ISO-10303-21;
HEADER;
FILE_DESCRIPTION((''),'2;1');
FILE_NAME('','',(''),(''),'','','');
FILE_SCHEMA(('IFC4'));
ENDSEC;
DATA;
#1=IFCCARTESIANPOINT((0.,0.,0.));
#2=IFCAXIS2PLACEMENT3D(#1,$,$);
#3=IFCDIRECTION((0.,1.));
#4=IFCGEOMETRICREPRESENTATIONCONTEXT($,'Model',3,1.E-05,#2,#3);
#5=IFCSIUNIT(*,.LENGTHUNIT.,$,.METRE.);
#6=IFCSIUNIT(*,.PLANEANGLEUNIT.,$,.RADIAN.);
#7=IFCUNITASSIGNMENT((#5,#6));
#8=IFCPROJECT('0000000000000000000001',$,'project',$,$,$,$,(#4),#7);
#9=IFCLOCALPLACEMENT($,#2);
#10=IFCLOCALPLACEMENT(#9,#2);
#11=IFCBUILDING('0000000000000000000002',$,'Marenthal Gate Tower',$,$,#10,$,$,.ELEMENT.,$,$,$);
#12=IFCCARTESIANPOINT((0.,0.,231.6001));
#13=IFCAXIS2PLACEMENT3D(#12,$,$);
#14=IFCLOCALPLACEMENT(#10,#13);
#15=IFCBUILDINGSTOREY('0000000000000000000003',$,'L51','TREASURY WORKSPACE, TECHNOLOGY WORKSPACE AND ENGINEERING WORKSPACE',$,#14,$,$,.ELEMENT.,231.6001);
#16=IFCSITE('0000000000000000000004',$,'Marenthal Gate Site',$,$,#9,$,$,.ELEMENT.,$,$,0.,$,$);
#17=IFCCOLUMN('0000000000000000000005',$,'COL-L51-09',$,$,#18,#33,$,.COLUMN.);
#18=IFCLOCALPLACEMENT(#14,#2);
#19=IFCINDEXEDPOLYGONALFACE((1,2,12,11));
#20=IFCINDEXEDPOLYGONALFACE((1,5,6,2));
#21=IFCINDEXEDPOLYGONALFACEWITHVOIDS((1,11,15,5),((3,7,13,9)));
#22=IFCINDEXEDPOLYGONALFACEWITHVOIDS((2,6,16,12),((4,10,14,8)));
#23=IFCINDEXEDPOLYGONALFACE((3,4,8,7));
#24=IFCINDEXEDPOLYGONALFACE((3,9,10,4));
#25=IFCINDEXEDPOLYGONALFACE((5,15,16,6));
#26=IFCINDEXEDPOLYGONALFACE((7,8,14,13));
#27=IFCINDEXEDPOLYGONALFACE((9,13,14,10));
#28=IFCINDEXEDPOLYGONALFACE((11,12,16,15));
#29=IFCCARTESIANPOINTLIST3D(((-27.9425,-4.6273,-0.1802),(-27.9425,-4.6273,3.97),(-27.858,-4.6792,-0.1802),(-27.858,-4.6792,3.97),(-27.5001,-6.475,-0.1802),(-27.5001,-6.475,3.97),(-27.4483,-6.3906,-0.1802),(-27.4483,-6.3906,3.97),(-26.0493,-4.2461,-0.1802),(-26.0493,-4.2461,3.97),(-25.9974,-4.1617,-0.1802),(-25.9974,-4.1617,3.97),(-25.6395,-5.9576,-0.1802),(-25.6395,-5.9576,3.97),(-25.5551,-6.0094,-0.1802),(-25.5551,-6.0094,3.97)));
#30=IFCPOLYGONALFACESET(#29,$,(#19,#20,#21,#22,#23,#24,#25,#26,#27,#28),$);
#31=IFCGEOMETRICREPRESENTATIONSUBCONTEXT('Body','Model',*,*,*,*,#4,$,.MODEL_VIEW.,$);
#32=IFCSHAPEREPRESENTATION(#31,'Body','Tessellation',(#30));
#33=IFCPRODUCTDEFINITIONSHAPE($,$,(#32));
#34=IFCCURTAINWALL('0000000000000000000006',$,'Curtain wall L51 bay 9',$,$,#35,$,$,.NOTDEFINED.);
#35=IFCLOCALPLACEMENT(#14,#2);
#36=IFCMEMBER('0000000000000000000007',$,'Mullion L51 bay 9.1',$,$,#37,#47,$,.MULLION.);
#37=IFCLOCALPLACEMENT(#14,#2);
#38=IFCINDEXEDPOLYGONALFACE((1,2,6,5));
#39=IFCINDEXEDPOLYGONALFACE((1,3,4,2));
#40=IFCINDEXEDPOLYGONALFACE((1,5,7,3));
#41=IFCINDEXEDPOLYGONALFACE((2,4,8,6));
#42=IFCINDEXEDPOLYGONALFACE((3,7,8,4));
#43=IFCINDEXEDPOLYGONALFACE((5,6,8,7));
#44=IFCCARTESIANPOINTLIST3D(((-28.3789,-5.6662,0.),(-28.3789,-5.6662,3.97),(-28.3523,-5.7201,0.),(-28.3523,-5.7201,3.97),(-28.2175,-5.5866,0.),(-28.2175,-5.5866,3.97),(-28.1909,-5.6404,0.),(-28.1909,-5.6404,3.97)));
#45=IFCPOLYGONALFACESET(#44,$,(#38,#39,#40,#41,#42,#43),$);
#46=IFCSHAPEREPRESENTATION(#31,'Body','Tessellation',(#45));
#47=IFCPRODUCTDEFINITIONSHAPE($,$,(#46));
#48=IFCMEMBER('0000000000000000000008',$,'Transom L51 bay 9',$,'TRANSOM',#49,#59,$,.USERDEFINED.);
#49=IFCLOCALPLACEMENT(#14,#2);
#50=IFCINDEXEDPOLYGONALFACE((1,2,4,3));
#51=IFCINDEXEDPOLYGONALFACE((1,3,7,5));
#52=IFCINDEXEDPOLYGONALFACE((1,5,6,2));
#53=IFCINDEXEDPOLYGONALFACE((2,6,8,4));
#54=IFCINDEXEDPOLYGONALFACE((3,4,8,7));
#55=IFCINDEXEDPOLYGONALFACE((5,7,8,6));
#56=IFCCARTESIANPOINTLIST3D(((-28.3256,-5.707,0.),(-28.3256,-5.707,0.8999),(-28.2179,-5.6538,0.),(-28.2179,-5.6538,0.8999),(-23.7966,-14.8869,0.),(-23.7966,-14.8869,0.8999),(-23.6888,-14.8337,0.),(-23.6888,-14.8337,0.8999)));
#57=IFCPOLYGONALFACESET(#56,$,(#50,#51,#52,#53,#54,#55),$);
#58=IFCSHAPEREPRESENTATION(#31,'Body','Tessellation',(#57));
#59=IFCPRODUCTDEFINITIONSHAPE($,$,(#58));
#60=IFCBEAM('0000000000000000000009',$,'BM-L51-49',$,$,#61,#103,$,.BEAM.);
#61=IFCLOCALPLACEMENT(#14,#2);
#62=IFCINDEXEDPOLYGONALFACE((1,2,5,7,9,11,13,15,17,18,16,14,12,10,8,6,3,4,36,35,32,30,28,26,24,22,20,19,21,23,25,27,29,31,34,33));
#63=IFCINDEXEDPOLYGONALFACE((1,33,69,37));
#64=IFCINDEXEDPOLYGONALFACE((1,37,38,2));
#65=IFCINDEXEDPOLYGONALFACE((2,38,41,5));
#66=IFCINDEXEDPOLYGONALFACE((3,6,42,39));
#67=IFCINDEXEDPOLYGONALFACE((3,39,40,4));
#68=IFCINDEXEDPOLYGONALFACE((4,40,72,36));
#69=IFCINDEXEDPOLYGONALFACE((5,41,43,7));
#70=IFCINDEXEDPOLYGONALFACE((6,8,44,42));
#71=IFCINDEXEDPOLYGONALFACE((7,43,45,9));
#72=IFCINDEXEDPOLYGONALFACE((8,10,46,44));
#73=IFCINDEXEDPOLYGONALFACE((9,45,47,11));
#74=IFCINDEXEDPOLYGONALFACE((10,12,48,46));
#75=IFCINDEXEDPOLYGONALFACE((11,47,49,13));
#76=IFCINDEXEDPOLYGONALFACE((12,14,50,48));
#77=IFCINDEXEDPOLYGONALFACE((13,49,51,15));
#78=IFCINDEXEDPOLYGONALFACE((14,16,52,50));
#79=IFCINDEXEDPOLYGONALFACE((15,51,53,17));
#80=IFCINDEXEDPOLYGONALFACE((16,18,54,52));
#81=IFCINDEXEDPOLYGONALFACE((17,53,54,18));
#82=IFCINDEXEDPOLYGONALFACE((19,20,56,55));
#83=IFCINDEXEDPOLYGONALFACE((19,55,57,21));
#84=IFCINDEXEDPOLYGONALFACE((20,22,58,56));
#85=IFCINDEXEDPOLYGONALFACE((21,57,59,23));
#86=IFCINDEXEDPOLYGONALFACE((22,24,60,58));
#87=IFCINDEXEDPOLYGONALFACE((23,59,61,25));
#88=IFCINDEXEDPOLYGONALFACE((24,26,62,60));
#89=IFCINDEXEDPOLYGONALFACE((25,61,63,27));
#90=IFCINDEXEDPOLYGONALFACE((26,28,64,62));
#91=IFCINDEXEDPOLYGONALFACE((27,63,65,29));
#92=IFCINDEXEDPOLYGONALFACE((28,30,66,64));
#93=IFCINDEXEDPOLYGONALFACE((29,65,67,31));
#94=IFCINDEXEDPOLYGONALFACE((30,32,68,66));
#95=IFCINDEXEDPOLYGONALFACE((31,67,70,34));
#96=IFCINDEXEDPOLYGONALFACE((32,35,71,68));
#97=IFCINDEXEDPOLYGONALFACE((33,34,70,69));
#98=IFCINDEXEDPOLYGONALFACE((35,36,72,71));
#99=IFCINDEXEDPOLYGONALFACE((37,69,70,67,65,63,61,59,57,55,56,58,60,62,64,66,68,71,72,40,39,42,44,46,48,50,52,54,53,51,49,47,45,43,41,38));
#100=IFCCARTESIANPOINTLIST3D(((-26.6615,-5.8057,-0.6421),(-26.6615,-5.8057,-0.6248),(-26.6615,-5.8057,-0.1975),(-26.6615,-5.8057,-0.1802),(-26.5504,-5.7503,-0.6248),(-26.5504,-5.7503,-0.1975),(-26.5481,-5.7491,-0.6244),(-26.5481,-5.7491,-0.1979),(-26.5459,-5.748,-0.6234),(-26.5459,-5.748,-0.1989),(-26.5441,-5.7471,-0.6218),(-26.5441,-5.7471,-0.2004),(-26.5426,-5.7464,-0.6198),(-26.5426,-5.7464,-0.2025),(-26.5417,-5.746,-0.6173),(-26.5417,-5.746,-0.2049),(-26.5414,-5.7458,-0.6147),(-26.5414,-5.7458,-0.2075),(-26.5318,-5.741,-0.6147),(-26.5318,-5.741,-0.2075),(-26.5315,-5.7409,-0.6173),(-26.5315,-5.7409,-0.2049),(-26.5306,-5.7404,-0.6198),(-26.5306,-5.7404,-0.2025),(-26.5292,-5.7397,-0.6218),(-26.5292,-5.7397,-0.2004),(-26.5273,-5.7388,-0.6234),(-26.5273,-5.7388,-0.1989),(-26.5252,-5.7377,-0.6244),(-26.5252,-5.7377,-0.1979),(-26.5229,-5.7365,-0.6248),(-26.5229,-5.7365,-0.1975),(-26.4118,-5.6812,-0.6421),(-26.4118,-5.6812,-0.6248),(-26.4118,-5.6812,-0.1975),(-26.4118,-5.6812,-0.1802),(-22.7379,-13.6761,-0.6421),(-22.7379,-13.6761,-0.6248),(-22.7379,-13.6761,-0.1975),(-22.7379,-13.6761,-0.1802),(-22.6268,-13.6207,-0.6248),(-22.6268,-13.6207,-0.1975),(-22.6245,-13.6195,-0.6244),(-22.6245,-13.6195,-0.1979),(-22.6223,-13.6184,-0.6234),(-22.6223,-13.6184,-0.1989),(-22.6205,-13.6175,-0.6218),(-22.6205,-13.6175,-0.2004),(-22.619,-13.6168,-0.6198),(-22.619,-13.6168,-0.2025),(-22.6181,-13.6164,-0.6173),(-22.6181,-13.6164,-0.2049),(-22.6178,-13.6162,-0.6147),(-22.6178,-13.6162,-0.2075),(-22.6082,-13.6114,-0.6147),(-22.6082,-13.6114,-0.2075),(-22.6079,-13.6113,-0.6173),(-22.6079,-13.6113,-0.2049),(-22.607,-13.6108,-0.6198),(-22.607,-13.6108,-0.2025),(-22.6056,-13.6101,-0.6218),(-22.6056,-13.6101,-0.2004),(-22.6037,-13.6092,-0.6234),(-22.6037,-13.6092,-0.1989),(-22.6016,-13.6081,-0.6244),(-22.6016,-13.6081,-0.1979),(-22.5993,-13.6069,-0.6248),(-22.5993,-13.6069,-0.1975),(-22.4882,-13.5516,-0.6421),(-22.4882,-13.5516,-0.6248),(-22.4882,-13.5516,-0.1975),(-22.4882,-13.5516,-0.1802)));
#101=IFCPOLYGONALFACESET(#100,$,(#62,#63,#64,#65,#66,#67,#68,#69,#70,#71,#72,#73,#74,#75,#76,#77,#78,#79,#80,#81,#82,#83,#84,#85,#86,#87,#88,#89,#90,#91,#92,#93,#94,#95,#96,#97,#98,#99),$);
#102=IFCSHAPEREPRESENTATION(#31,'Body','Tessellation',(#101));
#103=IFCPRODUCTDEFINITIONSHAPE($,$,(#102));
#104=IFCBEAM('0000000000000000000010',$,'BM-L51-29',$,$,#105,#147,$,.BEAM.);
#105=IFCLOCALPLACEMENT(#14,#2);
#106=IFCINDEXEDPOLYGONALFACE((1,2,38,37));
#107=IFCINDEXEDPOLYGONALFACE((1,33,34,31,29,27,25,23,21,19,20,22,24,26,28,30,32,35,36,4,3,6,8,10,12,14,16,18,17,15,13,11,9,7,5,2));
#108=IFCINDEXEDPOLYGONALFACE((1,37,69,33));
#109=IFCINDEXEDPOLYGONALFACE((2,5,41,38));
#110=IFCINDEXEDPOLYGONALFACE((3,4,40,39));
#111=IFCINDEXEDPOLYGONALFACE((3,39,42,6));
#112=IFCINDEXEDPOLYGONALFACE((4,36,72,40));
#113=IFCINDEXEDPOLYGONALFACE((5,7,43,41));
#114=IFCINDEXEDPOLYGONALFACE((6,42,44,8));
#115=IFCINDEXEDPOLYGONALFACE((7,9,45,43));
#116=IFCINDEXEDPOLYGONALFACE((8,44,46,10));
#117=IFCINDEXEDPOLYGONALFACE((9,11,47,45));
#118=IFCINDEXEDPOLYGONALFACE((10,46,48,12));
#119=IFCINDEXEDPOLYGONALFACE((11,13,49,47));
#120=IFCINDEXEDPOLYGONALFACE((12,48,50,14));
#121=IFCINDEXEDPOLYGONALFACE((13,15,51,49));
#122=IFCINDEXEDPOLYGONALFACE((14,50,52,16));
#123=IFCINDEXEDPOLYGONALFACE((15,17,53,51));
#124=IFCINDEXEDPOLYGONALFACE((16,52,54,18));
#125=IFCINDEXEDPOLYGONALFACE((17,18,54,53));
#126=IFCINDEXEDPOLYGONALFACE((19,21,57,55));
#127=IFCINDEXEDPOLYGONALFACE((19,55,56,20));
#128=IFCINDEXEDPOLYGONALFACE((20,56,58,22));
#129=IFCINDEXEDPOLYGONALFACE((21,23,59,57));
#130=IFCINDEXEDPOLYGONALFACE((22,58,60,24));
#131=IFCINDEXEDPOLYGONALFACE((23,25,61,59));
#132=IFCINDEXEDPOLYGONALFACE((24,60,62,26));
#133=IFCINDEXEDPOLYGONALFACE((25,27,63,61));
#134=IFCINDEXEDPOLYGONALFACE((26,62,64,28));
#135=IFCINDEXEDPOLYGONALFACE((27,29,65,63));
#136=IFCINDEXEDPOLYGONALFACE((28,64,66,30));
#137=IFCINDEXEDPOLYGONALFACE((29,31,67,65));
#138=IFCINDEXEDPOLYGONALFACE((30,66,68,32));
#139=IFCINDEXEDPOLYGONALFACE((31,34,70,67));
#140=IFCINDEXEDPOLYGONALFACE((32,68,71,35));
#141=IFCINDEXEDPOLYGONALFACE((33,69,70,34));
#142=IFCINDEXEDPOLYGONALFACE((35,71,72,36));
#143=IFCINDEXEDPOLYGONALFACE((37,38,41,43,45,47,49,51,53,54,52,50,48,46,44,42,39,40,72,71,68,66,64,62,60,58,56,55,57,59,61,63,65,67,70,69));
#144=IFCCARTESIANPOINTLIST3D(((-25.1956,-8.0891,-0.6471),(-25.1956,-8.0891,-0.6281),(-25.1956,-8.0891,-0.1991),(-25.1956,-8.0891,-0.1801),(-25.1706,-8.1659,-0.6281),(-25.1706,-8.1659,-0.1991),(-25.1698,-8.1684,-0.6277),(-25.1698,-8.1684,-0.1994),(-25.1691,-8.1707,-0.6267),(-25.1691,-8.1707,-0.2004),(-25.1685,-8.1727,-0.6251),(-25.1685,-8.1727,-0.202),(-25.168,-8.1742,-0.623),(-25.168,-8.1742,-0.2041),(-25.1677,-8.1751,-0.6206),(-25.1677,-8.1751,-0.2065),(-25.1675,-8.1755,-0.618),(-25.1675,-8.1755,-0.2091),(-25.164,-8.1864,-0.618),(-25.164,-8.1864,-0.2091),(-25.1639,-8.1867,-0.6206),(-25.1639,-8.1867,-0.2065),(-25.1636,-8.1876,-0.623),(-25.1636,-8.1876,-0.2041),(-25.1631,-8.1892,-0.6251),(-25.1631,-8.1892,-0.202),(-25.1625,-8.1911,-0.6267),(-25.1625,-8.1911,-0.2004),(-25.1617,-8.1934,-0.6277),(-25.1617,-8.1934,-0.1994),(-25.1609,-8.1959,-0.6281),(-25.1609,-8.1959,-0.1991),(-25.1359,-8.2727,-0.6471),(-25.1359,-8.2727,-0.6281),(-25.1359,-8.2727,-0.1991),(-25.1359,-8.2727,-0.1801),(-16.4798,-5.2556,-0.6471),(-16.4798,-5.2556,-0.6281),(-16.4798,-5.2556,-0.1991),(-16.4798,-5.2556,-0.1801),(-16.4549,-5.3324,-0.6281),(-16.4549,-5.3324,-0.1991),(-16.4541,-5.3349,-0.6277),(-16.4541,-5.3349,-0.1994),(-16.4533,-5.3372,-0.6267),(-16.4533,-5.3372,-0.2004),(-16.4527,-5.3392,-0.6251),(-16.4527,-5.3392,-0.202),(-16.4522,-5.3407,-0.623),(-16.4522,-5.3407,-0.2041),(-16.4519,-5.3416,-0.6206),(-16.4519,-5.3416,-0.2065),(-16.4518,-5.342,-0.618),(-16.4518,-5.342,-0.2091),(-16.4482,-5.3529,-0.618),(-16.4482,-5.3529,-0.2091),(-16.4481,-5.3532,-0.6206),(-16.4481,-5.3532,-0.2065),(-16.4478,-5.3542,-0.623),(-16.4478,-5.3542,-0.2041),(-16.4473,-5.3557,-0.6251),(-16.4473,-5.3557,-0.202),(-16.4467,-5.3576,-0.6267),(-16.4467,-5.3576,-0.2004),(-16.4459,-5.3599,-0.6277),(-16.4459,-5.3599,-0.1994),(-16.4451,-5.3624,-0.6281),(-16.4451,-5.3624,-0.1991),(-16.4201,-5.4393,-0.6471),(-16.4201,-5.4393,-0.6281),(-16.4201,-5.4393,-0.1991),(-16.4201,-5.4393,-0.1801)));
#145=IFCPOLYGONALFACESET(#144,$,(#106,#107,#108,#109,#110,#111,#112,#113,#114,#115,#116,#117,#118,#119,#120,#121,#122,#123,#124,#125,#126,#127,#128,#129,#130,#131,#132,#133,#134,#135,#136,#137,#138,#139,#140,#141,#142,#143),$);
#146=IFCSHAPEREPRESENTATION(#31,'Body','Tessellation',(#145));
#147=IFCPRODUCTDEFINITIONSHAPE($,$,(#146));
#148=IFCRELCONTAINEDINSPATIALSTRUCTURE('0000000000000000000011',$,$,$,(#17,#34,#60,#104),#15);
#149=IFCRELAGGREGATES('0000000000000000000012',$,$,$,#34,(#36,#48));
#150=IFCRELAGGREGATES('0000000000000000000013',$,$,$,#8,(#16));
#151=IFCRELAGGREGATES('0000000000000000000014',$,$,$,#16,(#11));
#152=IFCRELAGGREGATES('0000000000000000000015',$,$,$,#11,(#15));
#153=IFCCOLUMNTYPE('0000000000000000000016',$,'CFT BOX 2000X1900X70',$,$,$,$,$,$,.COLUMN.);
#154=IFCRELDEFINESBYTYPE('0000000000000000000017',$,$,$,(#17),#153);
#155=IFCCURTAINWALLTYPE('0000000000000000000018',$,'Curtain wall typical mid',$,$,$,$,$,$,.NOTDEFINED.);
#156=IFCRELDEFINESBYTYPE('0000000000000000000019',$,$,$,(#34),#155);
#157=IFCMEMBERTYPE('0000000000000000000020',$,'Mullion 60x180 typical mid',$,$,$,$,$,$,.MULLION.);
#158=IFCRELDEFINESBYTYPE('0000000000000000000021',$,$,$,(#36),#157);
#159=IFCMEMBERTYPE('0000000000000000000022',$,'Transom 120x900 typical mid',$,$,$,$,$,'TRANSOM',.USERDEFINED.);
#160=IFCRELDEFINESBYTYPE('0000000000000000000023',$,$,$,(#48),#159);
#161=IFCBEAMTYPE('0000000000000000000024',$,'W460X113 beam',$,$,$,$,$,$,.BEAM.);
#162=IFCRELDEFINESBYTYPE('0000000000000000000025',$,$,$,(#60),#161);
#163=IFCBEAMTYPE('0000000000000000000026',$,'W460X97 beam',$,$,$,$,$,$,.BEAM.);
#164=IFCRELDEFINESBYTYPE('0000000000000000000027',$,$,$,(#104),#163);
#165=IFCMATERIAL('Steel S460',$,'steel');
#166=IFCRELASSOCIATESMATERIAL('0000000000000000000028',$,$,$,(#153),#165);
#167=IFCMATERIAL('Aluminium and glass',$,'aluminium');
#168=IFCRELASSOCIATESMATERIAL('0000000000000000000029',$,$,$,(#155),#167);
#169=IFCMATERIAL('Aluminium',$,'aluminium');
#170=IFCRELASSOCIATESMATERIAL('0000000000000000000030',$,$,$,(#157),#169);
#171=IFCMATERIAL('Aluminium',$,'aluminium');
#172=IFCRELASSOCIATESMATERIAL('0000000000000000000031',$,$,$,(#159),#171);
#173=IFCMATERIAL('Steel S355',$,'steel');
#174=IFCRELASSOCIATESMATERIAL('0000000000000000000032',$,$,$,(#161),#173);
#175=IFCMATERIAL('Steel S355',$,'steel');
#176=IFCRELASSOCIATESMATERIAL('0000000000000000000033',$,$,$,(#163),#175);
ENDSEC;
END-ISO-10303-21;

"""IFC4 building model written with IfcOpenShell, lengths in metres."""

from ifc_helpers import new_model, si_unit, direction, frame, origin, origin_2d, place, context, subcontext, project, spatial, rectangle, hollow_rectangle, i_section, extrude, material, material_profile, profile_set, type_object, element, aggregate, save


model = new_model("IFC4")

# Units and contexts
model_context = context("Model", 3, precision=1e-05, world=origin(), true_north=direction((0.0, 1.0)))
body_context = subcontext(model_context, "Body", "Model", "MODEL_VIEW")
ifc_project = project(units=[si_unit("LENGTHUNIT", "METRE"), si_unit("PLANEANGLEUNIT", "RADIAN")], contexts=[model_context])

# Site, building, storey
site_placement = place(None, origin())
site = spatial("IfcSite", under=ifc_project, at=site_placement, Name="Marenthal Gate Site", CompositionType="ELEMENT", RefElevation=0.0)
building_placement = place(site_placement, origin())
building = spatial("IfcBuilding", under=site, at=building_placement, Name="Marenthal Gate Tower", CompositionType="ELEMENT")
storey_placement = place(building_placement, frame((0.0, 0.0, 231.6001)))
storey = spatial("IfcBuildingStorey", under=building, at=storey_placement, Name="L51", Description="TREASURY WORKSPACE, TECHNOLOGY WORKSPACE AND ENGINEERING WORKSPACE", CompositionType="ELEMENT", Elevation=231.6001)

# Column
ifc_material_1 = material(Name="Steel S460", Category="steel")
ifc_material_profile_1 = material_profile(ifc_material_1, hollow_rectangle(XDim=1.8999, YDim=2.0, WallThickness=0.0701, at=origin_2d()), Name="CFT BOX 2000X1900X70")
ifc_material_2 = material(Name="Concrete 70 MPa", Category="concrete")
ifc_material_profile_2 = material_profile(ifc_material_2, rectangle(XDim=1.76, YDim=1.8601, at=origin_2d()), Name="CFT BOX 2000X1900X70 INFILL")
ifc_profile_set_1 = profile_set([ifc_material_profile_1, ifc_material_profile_2], Name="Steel S460 shell, Concrete 70 MPa infill")
column_type = type_object("IfcColumnType", Name="CFT BOX 2000X1900X70", PredefinedType="COLUMN", material=ifc_profile_set_1)
column_placement = place(storey_placement, frame((-26.7488, -5.3184, -0.1802), z_axis=(0.0, 0.0, 1.0), x_axis=(-0.232822, 0.972519, 0.0)))
element("IfcColumn", 1, at=column_placement, inside=storey, type_object=column_type, Name="COL-L51-09", PredefinedType="COLUMN", context=body_context, shape_type="SweptSolid", body=[
    extrude(hollow_rectangle(XDim=1.8999, YDim=2.0, WallThickness=0.0701, at=origin_2d()), origin(), (0.0, 0.0, 1.0), 4.1501),
])

# Curtain wall, members
ifc_material_3 = material(Name="Aluminium and glass", Category="aluminium")
curtain_wall_type = type_object("IfcCurtainWallType", Name="Curtain wall typical mid", PredefinedType="NOTDEFINED", material=ifc_material_3)
curtain_wall_placement = place(storey_placement, origin())
curtain_wall = element("IfcCurtainWall", 2, at=curtain_wall_placement, inside=storey, type_object=curtain_wall_type, Name="Curtain wall L51 bay 9", PredefinedType="NOTDEFINED")
ifc_material_4 = material(Name="Aluminium", Category="aluminium")
ifc_material_profile_3 = material_profile(ifc_material_4, rectangle(XDim=0.1799, YDim=0.0601, at=origin_2d()), Name="60x180 aluminium mullion")
ifc_profile_set_2 = profile_set([ifc_material_profile_3], Name="Aluminium")
member_type_1 = type_object("IfcMemberType", Name="Mullion 60x180 typical mid", PredefinedType="MULLION", material=ifc_profile_set_2)
member_1_placement = place(storey_placement, frame((-28.2849, -5.6533, 0.0), z_axis=(0.0, 0.0, 1.0), x_axis=(0.896798, 0.442441, 0.0)))
member_1 = element("IfcMember", 3, at=member_1_placement, type_object=member_type_1, Name="Mullion L51 bay 9.1", PredefinedType="MULLION", context=body_context, shape_type="SweptSolid", body=[
    extrude(rectangle(XDim=0.1799, YDim=0.0601, at=origin_2d()), origin(), (0.0, 0.0, 1.0), 3.97),
])
ifc_material_5 = material(Name="Aluminium", Category="aluminium")
ifc_material_profile_4 = material_profile(ifc_material_5, rectangle(XDim=0.1201, YDim=0.8999, at=origin_2d()), Name="120x900 aluminium transom")
ifc_profile_set_3 = profile_set([ifc_material_profile_4], Name="Aluminium")
member_type_2 = type_object("IfcMemberType", Name="Transom 120x900 typical mid", ElementType="TRANSOM", PredefinedType="USERDEFINED", material=ifc_profile_set_3)
member_2_placement = place(storey_placement, frame((-28.2717, -5.6804, 0.45), z_axis=(0.442447, -0.896795, 0.0), x_axis=(0.896795, 0.442447, 0.0)))
member_2 = element("IfcMember", 4, at=member_2_placement, type_object=member_type_2, Name="Transom L51 bay 9", ObjectType="TRANSOM", PredefinedType="USERDEFINED", context=body_context, shape_type="SweptSolid", body=[
    extrude(rectangle(XDim=0.1201, YDim=0.8999, at=origin_2d()), origin(), (0.0, 0.0, 1.0), 10.2363),
])

# Beams
ifc_material_6 = material(Name="Steel S355", Category="steel")
ifc_material_profile_5 = material_profile(ifc_material_6, i_section(OverallWidth=0.2791, OverallDepth=0.4619, WebThickness=0.0107, FlangeThickness=0.0173, FilletRadius=0.01, at=origin_2d()), Name="W460X113")
ifc_profile_set_4 = profile_set([ifc_material_profile_5], Name="Steel S355")
beam_type_1 = type_object("IfcBeamType", Name="W460X113 beam", PredefinedType="BEAM", material=ifc_profile_set_4)
beam_1_placement = place(storey_placement, frame((-26.5366, -5.7434, -0.4111), z_axis=(0.446158, -0.894954, 0.0), x_axis=(0.894954, 0.446158, 0.0)))
element("IfcBeam", 5, at=beam_1_placement, inside=storey, type_object=beam_type_1, Name="BM-L51-49", PredefinedType="BEAM", context=body_context, shape_type="SweptSolid", body=[
    extrude(i_section(OverallWidth=0.2791, OverallDepth=0.4619, WebThickness=0.0107, FlangeThickness=0.0173, FilletRadius=0.01, at=origin_2d()), origin(), (0.0, 0.0, 1.0), 8.7942),
])
ifc_material_7 = material(Name="Steel S355", Category="steel")
ifc_material_profile_6 = material_profile(ifc_material_7, i_section(OverallWidth=0.1931, OverallDepth=0.467, WebThickness=0.0115, FlangeThickness=0.019, FilletRadius=0.01, at=origin_2d()), Name="W460X97")
ifc_profile_set_5 = profile_set([ifc_material_profile_6], Name="Steel S355")
beam_type_2 = type_object("IfcBeamType", Name="W460X97 beam", PredefinedType="BEAM", material=ifc_profile_set_5)
beam_2_placement = place(storey_placement, frame((-25.1658, -8.1809, -0.4136), z_axis=(0.951007, 0.30917, 0.0), x_axis=(-0.30917, 0.951007, 0.0)))
element("IfcBeam", 6, at=beam_2_placement, inside=storey, type_object=beam_type_2, Name="BM-L51-29", PredefinedType="BEAM", context=body_context, shape_type="SweptSolid", body=[
    extrude(i_section(OverallWidth=0.1931, OverallDepth=0.467, WebThickness=0.0115, FlangeThickness=0.019, FilletRadius=0.01, at=origin_2d()), origin(), (0.0, 0.0, 1.0), 9.1648),
])

aggregate(curtain_wall, [member_1, member_2])

save(model, "model.ifc")
